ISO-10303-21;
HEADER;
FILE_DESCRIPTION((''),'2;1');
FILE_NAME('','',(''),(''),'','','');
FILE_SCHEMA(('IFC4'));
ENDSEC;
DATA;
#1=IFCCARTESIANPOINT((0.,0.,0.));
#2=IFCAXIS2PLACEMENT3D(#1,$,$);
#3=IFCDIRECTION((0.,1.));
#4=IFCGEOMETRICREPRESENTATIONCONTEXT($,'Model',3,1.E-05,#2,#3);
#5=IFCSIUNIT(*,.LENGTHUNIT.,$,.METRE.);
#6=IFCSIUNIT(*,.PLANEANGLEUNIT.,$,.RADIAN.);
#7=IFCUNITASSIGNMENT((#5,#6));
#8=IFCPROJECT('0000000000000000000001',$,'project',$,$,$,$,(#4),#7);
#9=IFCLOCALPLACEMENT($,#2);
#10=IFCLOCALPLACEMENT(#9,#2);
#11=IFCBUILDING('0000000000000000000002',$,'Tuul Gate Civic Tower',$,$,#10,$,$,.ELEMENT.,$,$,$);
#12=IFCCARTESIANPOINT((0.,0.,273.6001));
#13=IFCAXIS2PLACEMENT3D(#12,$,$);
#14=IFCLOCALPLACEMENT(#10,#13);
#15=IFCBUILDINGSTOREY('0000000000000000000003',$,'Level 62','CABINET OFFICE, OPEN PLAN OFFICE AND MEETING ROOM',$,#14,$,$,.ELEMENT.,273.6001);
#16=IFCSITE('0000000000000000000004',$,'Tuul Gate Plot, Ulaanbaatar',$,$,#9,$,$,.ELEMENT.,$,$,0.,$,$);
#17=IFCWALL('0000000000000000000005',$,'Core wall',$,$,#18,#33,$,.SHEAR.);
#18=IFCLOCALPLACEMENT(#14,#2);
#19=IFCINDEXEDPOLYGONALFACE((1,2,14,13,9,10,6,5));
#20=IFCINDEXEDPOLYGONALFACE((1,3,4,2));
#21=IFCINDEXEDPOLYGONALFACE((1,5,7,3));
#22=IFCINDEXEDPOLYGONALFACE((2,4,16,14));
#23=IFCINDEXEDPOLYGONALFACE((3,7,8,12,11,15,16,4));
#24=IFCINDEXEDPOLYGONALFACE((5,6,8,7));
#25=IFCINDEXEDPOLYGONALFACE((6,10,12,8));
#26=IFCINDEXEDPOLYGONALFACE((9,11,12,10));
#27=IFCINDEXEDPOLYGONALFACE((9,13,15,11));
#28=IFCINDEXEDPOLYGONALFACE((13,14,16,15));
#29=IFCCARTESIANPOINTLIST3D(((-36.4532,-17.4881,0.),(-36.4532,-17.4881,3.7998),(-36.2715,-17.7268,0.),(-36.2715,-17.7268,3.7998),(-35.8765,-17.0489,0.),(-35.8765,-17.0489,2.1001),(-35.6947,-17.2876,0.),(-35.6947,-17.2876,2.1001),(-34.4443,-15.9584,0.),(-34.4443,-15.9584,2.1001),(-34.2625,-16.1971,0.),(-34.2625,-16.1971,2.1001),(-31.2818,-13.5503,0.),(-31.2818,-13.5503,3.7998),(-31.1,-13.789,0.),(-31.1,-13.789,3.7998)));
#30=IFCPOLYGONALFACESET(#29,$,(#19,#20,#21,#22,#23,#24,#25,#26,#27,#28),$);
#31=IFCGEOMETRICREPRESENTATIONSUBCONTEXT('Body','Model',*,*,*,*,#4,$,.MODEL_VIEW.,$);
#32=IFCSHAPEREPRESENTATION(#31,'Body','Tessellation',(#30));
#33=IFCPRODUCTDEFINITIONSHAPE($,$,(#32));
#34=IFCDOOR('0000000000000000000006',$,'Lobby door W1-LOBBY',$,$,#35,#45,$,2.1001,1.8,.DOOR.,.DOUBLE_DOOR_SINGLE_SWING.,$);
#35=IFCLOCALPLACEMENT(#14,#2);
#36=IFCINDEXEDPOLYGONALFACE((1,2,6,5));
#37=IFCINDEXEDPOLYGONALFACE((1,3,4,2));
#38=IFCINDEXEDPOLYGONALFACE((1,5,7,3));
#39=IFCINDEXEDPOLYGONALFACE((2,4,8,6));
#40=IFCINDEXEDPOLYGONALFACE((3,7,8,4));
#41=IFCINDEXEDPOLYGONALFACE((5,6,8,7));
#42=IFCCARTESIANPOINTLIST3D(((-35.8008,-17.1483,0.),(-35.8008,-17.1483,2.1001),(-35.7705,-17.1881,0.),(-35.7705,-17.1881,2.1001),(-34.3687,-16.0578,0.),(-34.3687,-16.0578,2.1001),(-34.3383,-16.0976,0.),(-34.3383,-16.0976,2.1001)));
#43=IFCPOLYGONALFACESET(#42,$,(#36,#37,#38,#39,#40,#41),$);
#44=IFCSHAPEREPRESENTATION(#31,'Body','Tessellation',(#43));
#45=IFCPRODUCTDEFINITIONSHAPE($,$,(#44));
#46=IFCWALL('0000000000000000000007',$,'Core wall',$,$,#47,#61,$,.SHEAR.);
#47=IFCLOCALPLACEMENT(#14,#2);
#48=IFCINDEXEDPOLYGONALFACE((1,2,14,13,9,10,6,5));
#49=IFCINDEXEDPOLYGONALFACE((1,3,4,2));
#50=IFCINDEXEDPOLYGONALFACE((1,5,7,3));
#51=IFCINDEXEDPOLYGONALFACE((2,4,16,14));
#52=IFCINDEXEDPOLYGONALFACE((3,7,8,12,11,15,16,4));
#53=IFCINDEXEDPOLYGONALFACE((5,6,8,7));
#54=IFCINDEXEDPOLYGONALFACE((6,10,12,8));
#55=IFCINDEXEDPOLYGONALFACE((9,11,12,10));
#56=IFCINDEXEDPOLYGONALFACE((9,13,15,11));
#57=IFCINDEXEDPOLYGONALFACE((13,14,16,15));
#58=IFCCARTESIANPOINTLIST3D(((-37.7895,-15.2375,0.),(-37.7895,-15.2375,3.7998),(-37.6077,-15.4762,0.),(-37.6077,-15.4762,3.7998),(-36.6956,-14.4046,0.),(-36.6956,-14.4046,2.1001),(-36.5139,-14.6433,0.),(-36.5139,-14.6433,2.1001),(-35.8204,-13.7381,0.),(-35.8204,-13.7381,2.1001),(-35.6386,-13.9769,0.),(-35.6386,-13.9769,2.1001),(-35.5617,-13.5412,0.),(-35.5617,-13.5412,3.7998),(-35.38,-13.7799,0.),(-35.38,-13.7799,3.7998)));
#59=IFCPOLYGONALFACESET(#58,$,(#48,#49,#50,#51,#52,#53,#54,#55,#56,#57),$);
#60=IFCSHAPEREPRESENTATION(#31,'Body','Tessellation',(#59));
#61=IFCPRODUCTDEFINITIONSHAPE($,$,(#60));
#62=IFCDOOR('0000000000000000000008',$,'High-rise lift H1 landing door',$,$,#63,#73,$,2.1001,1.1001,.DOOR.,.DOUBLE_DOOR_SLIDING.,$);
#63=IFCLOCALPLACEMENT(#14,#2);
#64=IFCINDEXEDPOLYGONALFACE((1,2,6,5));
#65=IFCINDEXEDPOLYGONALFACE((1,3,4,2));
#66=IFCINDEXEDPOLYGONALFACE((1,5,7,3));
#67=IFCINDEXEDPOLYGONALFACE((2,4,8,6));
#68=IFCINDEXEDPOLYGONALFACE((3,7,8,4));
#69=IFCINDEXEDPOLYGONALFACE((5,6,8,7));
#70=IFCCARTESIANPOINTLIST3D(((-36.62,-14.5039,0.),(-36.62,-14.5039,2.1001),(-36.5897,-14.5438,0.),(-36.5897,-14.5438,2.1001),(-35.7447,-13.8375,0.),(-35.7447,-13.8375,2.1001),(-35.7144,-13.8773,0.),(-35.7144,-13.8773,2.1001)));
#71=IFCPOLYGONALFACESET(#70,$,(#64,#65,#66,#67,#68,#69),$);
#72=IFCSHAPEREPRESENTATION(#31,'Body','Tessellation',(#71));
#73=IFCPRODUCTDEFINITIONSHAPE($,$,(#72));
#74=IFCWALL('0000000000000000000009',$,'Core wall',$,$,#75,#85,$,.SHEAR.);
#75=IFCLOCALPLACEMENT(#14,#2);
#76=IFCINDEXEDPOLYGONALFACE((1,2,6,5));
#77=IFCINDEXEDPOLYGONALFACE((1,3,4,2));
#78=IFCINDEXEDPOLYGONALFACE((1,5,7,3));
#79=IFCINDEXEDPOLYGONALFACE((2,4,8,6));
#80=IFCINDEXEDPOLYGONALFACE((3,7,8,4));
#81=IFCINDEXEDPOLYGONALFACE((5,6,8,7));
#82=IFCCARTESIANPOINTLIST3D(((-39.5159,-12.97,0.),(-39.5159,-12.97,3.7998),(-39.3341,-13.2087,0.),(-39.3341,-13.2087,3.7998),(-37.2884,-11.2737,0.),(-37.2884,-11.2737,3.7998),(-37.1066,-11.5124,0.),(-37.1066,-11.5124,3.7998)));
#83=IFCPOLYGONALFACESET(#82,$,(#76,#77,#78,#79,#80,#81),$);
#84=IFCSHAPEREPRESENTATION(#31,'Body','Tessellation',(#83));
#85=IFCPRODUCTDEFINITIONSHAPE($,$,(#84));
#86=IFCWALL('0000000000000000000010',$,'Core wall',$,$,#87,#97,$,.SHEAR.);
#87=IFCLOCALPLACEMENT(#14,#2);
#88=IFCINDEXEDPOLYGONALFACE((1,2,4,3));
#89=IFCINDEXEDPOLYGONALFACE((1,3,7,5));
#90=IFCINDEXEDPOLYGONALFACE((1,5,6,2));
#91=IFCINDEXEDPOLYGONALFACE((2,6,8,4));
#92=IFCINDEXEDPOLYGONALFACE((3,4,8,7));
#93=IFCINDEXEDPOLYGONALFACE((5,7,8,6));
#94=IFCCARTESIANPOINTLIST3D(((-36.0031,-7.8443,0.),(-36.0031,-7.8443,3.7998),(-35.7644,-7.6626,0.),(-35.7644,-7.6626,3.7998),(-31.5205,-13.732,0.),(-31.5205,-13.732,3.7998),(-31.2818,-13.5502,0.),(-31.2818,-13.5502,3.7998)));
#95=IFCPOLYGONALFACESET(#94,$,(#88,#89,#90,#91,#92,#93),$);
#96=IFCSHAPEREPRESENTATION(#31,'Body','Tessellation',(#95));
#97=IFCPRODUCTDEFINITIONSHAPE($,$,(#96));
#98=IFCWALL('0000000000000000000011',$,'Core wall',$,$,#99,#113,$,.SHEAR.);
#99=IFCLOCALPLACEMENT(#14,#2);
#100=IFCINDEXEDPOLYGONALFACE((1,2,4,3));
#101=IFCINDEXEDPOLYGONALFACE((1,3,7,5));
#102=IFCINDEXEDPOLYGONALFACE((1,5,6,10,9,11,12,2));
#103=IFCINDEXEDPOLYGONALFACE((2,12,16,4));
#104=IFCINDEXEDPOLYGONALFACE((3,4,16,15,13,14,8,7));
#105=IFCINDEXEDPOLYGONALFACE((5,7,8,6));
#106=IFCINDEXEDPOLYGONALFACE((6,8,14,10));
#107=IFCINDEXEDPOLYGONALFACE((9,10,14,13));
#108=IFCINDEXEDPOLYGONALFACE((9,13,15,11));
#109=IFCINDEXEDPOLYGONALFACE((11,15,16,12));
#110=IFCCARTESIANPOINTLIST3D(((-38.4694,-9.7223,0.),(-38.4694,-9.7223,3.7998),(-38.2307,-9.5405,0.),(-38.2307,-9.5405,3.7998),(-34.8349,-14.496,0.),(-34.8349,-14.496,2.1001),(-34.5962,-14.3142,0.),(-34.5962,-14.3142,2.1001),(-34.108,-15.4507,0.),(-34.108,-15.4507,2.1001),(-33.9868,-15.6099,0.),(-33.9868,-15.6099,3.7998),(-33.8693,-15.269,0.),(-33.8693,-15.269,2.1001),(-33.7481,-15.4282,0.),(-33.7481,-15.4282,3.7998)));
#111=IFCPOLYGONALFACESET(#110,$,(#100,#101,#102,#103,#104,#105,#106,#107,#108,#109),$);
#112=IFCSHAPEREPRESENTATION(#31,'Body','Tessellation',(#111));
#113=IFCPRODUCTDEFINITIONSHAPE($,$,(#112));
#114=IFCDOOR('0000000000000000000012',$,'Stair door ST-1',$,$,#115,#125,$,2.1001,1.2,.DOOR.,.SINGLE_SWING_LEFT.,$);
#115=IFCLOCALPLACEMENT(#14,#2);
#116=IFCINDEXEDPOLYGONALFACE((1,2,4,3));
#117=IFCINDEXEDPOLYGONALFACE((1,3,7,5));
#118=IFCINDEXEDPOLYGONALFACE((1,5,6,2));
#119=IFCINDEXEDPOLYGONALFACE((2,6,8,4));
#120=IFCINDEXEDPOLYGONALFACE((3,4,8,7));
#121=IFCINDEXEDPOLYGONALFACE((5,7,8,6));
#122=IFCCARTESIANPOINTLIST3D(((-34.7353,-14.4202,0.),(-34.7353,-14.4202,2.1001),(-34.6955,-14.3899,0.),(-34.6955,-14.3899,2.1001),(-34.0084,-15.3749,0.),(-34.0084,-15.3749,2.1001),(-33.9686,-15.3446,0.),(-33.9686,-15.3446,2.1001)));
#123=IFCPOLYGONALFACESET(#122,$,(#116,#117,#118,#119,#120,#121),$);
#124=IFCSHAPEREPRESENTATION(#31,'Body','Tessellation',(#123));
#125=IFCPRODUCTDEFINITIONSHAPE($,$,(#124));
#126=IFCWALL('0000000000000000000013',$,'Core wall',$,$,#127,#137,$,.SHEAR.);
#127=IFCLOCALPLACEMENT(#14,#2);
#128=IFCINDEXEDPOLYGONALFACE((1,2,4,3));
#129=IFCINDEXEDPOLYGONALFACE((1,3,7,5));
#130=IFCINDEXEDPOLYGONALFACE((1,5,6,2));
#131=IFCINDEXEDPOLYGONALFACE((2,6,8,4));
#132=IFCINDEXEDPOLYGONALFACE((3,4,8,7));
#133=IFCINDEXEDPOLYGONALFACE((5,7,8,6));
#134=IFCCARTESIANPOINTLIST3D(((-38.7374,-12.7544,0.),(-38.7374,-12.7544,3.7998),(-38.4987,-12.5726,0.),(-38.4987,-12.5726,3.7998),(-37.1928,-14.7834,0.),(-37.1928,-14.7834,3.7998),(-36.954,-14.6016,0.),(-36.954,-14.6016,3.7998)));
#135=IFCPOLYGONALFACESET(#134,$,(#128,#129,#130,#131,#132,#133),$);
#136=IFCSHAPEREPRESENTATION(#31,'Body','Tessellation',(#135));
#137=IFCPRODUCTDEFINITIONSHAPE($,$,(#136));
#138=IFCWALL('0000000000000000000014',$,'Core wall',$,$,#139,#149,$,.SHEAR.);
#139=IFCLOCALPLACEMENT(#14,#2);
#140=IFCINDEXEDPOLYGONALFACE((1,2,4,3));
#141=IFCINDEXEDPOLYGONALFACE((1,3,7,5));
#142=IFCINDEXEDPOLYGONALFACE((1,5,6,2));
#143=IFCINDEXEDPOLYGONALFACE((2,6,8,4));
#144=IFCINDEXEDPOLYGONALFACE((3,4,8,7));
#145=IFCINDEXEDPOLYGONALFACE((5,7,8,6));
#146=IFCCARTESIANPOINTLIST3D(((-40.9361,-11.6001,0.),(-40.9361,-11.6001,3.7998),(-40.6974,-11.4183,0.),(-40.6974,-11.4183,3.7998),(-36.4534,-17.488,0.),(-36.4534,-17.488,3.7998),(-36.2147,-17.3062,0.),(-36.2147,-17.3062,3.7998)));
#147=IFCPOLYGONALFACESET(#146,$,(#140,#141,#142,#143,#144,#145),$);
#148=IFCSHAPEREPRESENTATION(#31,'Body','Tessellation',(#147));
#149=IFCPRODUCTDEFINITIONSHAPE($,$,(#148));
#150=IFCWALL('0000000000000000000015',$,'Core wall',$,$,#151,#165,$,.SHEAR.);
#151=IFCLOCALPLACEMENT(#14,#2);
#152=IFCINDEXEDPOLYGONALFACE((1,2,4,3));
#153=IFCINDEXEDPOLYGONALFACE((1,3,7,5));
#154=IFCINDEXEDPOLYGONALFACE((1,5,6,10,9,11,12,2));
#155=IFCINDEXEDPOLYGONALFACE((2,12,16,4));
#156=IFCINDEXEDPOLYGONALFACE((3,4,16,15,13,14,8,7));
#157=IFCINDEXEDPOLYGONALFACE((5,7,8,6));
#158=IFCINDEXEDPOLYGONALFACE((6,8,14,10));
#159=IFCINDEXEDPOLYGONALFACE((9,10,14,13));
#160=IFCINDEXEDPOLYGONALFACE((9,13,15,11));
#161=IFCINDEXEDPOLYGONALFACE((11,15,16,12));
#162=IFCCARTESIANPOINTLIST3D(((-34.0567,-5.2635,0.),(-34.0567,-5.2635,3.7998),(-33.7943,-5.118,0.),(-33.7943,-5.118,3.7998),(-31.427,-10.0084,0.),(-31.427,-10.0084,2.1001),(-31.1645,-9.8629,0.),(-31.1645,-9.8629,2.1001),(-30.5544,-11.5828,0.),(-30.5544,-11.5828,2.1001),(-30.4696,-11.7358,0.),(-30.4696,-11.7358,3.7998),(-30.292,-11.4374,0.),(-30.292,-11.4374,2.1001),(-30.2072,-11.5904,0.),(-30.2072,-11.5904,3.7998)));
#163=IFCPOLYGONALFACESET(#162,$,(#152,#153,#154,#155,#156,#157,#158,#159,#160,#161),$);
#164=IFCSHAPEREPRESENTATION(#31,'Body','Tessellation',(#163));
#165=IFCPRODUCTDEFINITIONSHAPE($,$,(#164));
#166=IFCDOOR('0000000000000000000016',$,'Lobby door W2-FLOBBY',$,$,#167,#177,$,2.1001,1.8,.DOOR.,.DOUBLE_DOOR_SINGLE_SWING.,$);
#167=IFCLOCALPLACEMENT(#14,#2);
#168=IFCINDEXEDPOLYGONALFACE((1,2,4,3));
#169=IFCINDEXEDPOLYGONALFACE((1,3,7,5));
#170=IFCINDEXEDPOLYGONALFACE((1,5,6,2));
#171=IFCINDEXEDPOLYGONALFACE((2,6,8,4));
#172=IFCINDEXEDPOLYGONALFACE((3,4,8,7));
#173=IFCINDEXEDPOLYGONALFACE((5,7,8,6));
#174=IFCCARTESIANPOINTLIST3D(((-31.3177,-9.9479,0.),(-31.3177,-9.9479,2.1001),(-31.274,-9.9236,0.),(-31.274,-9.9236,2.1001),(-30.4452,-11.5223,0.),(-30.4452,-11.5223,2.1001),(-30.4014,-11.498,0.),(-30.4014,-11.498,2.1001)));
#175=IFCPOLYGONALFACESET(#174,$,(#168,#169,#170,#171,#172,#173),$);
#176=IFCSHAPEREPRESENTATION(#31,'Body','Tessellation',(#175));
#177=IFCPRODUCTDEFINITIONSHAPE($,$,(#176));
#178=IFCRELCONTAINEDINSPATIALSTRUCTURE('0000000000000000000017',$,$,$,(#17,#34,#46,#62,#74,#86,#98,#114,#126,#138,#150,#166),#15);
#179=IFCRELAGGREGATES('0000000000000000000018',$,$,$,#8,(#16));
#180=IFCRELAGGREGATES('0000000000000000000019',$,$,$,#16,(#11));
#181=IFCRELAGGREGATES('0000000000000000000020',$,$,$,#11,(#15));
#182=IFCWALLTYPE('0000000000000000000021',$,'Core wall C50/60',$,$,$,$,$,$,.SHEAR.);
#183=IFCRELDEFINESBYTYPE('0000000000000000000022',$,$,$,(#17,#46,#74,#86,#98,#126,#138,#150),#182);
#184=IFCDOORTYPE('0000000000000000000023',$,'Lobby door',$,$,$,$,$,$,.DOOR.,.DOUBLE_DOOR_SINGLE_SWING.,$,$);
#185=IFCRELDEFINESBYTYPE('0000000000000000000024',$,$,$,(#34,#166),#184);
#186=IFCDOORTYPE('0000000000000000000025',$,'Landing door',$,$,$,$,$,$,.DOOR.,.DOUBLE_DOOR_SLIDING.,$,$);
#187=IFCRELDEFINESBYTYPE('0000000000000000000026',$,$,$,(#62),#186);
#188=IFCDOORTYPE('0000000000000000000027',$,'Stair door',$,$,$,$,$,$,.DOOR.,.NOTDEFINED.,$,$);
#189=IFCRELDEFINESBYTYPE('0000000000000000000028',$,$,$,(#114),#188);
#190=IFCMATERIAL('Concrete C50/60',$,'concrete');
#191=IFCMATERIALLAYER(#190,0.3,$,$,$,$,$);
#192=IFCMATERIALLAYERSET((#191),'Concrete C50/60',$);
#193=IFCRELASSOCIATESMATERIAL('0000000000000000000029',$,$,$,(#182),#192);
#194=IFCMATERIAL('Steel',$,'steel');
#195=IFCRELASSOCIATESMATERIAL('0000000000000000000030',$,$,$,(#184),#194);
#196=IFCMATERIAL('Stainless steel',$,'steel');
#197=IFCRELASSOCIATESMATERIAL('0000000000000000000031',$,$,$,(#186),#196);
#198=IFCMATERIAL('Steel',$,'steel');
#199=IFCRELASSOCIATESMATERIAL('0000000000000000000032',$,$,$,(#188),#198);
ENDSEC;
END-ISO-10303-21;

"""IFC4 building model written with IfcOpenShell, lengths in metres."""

from ifc_helpers import new_model, si_unit, direction, frame, frame_2d, origin, place, context, subcontext, project, spatial, rectangle, extrude, material, layer, layer_set, type_object, element, fill, save


model = new_model("IFC4")

# Units and contexts
model_context = context("Model", 3, precision=1e-05, world=origin(), true_north=direction((0.0, 1.0)))
body_context = subcontext(model_context, "Body", "Model", "MODEL_VIEW")
ifc_project = project(units=[si_unit("LENGTHUNIT", "METRE"), si_unit("PLANEANGLEUNIT", "RADIAN")], contexts=[model_context])

# Site, building, storey
site_placement = place(None, origin())
site = spatial("IfcSite", under=ifc_project, at=site_placement, Name="Tuul Gate Plot, Ulaanbaatar", CompositionType="ELEMENT", RefElevation=0.0)
building_placement = place(site_placement, origin())
building = spatial("IfcBuilding", under=site, at=building_placement, Name="Tuul Gate Civic Tower", CompositionType="ELEMENT")
storey_placement = place(building_placement, frame((0.0, 0.0, 273.6001)))
storey = spatial("IfcBuildingStorey", under=building, at=storey_placement, Name="Level 62", Description="CABINET OFFICE, OPEN PLAN OFFICE AND MEETING ROOM", CompositionType="ELEMENT", Elevation=273.6001)

# Walls, openings, doors
ifc_material_1 = material(Name="Concrete C50/60", Category="concrete")
ifc_layer_1 = layer(ifc_material_1, 0.3)
ifc_layer_set_1 = layer_set([ifc_layer_1], Name="Concrete C50/60")
wall_type_1 = type_object("IfcWallType", Name="Core wall C50/60", PredefinedType="SHEAR", material=ifc_layer_set_1)
wall_1_placement = place(storey_placement, frame((-31.1909, -13.6697, 0.0), z_axis=(0.0, 0.0, 1.0), x_axis=(-0.795607, -0.605813, 0.0)))
wall_1 = element("IfcWall", 1, at=wall_1_placement, inside=storey, type_object=wall_type_1, Name="Core wall", PredefinedType="SHEAR", context=body_context, shape_type="SweptSolid", body=[
    extrude(rectangle(XDim=6.5, YDim=0.3, at=frame_2d((3.25, 0.0))), origin(), (0.0, 0.0, 1.0), 3.7998),
])
opening_1_placement = place(wall_1_placement, frame((3.9751, 0.0, 0.0)))
opening_1 = element("IfcOpeningElement", 2, at=opening_1_placement, cuts=wall_1, PredefinedType="OPENING", context=body_context, shape_type="SweptSolid", body=[
    extrude(rectangle(XDim=1.8, YDim=2.1001, at=frame_2d((0.8999, 1.05))), frame((0.0, 0.1602, 0.0), z_axis=(0.0, -1.0, 0.0), x_axis=(1.0, 0.0, 0.0)), (0.0, 0.0, 1.0), 0.3201),
])
ifc_material_2 = material(Name="Steel", Category="steel")
door_type_1 = type_object("IfcDoorType", Name="Lobby door", OperationType="DOUBLE_DOOR_SINGLE_SWING", PredefinedType="DOOR", material=ifc_material_2)
door_1_placement = place(opening_1_placement, origin())
door_1 = element("IfcDoor", 3, at=door_1_placement, inside=storey, type_object=door_type_1, Name="Lobby door W1-LOBBY", OperationType="DOUBLE_DOOR_SINGLE_SWING", OverallHeight=2.1001, OverallWidth=1.8, PredefinedType="DOOR", context=body_context, shape_type="SweptSolid", body=[
    extrude(rectangle(XDim=1.8, YDim=2.1001, at=frame_2d((0.8999, 1.05))), frame((0.0, 0.0249, 0.0), z_axis=(0.0, -1.0, 0.0), x_axis=(1.0, 0.0, 0.0)), (0.0, 0.0, 1.0), 0.05),
])
fill(opening_1, door_1)
wall_2_placement = place(storey_placement, frame((-35.4709, -13.6606, 0.0), z_axis=(0.0, 0.0, 1.0), x_axis=(-0.795616, -0.605802, 0.0)))
wall_2 = element("IfcWall", 4, at=wall_2_placement, inside=storey, type_object=wall_type_1, Name="Core wall", PredefinedType="SHEAR", context=body_context, shape_type="SweptSolid", body=[
    extrude(rectangle(XDim=2.8, YDim=0.3, at=frame_2d((1.3999, 0.0))), origin(), (0.0, 0.0, 1.0), 3.7998),
])
opening_2_placement = place(wall_2_placement, frame((0.325, 0.0, 0.0)))
opening_2 = element("IfcOpeningElement", 5, at=opening_2_placement, cuts=wall_2, PredefinedType="OPENING", context=body_context, shape_type="SweptSolid", body=[
    extrude(rectangle(XDim=1.1001, YDim=2.1001, at=frame_2d((0.55, 1.05))), frame((0.0, 0.1602, 0.0), z_axis=(0.0, -1.0, 0.0), x_axis=(1.0, 0.0, 0.0)), (0.0, 0.0, 1.0), 0.3201),
])
ifc_material_3 = material(Name="Stainless steel", Category="steel")
door_type_2 = type_object("IfcDoorType", Name="Landing door", OperationType="DOUBLE_DOOR_SLIDING", PredefinedType="DOOR", material=ifc_material_3)
door_2_placement = place(opening_2_placement, origin())
door_2 = element("IfcDoor", 6, at=door_2_placement, inside=storey, type_object=door_type_2, Name="High-rise lift H1 landing door", OperationType="DOUBLE_DOOR_SLIDING", OverallHeight=2.1001, OverallWidth=1.1001, PredefinedType="DOOR", context=body_context, shape_type="SweptSolid", body=[
    extrude(rectangle(XDim=1.1001, YDim=2.1001, at=frame_2d((0.55, 1.05))), frame((0.0, 0.0249, 0.0), z_axis=(0.0, -1.0, 0.0), x_axis=(1.0, 0.0, 0.0)), (0.0, 0.0, 1.0), 0.05),
])
fill(opening_2, door_2)

# Walls
wall_3_placement = place(storey_placement, frame((-37.1975, -11.3931, 0.0), z_axis=(0.0, 0.0, 1.0), x_axis=(-0.795584, -0.605844, 0.0)))
element("IfcWall", 7, at=wall_3_placement, inside=storey, type_object=wall_type_1, Name="Core wall", PredefinedType="SHEAR", context=body_context, shape_type="SweptSolid", body=[
    extrude(rectangle(XDim=2.7998, YDim=0.3, at=frame_2d((1.3999, 0.0))), origin(), (0.0, 0.0, 1.0), 3.7998),
])
wall_4_placement = place(storey_placement, frame((-31.4011, -13.6411, 0.0), z_axis=(0.0, 0.0, 1.0), x_axis=(-0.60577, 0.79564, 0.0)))
element("IfcWall", 8, at=wall_4_placement, inside=storey, type_object=wall_type_1, Name="Core wall", PredefinedType="SHEAR", context=body_context, shape_type="SweptSolid", body=[
    extrude(rectangle(XDim=7.3999, YDim=0.3, at=frame_2d((3.7, 0.0))), origin(), (0.0, 0.0, 1.0), 3.7998),
])

# Wall, opening, door
wall_5_placement = place(storey_placement, frame((-33.8674, -15.519, 0.0), z_axis=(0.0, 0.0, 1.0), x_axis=(-0.60577, 0.79564, 0.0)))
wall_5 = element("IfcWall", 9, at=wall_5_placement, inside=storey, type_object=wall_type_1, Name="Core wall", PredefinedType="SHEAR", context=body_context, shape_type="SweptSolid", body=[
    extrude(rectangle(XDim=7.3999, YDim=0.3, at=frame_2d((3.7, 0.0))), origin(), (0.0, 0.0, 1.0), 3.7998),
])
opening_3_placement = place(wall_5_placement, frame((0.2, 0.0, 0.0)))
opening_3 = element("IfcOpeningElement", 10, at=opening_3_placement, cuts=wall_5, PredefinedType="OPENING", context=body_context, shape_type="SweptSolid", body=[
    extrude(rectangle(XDim=1.2, YDim=2.1001, at=frame_2d((0.6001, 1.05))), frame((0.0, 0.1602, 0.0), z_axis=(0.0, -1.0, 0.0), x_axis=(1.0, 0.0, 0.0)), (0.0, 0.0, 1.0), 0.3201),
])
ifc_material_4 = material(Name="Steel", Category="steel")
door_type_3 = type_object("IfcDoorType", Name="Stair door", OperationType="NOTDEFINED", PredefinedType="DOOR", material=ifc_material_4)
door_3_placement = place(opening_3_placement, origin())
door_3 = element("IfcDoor", 11, at=door_3_placement, inside=storey, type_object=door_type_3, Name="Stair door ST-1", OperationType="SINGLE_SWING_LEFT", OverallHeight=2.1001, OverallWidth=1.2, PredefinedType="DOOR", context=body_context, shape_type="SweptSolid", body=[
    extrude(rectangle(XDim=1.2, YDim=2.1001, at=frame_2d((0.6001, 1.05))), frame((0.0, 0.0249, 0.0), z_axis=(0.0, -1.0, 0.0), x_axis=(1.0, 0.0, 0.0)), (0.0, 0.0, 1.0), 0.05),
])
fill(opening_3, door_3)

# Walls
wall_6_placement = place(storey_placement, frame((-37.0735, -14.6924, 0.0), z_axis=(0.0, 0.0, 1.0), x_axis=(-0.605729, 0.795671, 0.0)))
element("IfcWall", 12, at=wall_6_placement, inside=storey, type_object=wall_type_1, Name="Core wall", PredefinedType="SHEAR", context=body_context, shape_type="SweptSolid", body=[
    extrude(rectangle(XDim=2.55, YDim=0.3, at=frame_2d((1.2749, 0.0))), origin(), (0.0, 0.0, 1.0), 3.7998),
])
wall_7_placement = place(storey_placement, frame((-36.334, -17.3972, 0.0), z_axis=(0.0, 0.0, 1.0), x_axis=(-0.605754, 0.795652, 0.0)))
element("IfcWall", 13, at=wall_7_placement, inside=storey, type_object=wall_type_1, Name="Core wall", PredefinedType="SHEAR", context=body_context, shape_type="SweptSolid", body=[
    extrude(rectangle(XDim=7.4001, YDim=0.3, at=frame_2d((3.7002, 0.0))), origin(), (0.0, 0.0, 1.0), 3.7998),
])

# Wall, opening, door
wall_8_placement = place(storey_placement, frame((-30.3384, -11.6631, 0.0), z_axis=(0.0, 0.0, 1.0), x_axis=(-0.484752, 0.874652, 0.0)))
wall_8 = element("IfcWall", 14, at=wall_8_placement, inside=storey, type_object=wall_type_1, Name="Core wall", PredefinedType="SHEAR", context=body_context, shape_type="SweptSolid", body=[
    extrude(rectangle(XDim=7.3999, YDim=0.3, at=frame_2d((3.7, 0.0))), origin(), (0.0, 0.0, 1.0), 3.7998),
])
opening_4_placement = place(wall_8_placement, frame((0.175, 0.0, 0.0)))
opening_4 = element("IfcOpeningElement", 15, at=opening_4_placement, cuts=wall_8, PredefinedType="OPENING", context=body_context, shape_type="SweptSolid", body=[
    extrude(rectangle(XDim=1.8, YDim=2.1001, at=frame_2d((0.8999, 1.05))), frame((0.0, 0.1602, 0.0), z_axis=(0.0, -1.0, 0.0), x_axis=(1.0, 0.0, 0.0)), (0.0, 0.0, 1.0), 0.3201),
])
door_4_placement = place(opening_4_placement, frame((1.8, 0.0, 0.0), z_axis=(0.0, 0.0, 1.0), x_axis=(-1.0, 0.0, 0.0)))
door_4 = element("IfcDoor", 16, at=door_4_placement, inside=storey, type_object=door_type_1, Name="Lobby door W2-FLOBBY", OperationType="DOUBLE_DOOR_SINGLE_SWING", OverallHeight=2.1001, OverallWidth=1.8, PredefinedType="DOOR", context=body_context, shape_type="SweptSolid", body=[
    extrude(rectangle(XDim=1.8, YDim=2.1001, at=frame_2d((0.9001, 1.05))), frame((0.0, 0.0249, 0.0), z_axis=(0.0, -1.0, 0.0), x_axis=(1.0, 0.0, 0.0)), (0.0, 0.0, 1.0), 0.05),
])
fill(opening_4, door_4)

save(model, "model.ifc")
